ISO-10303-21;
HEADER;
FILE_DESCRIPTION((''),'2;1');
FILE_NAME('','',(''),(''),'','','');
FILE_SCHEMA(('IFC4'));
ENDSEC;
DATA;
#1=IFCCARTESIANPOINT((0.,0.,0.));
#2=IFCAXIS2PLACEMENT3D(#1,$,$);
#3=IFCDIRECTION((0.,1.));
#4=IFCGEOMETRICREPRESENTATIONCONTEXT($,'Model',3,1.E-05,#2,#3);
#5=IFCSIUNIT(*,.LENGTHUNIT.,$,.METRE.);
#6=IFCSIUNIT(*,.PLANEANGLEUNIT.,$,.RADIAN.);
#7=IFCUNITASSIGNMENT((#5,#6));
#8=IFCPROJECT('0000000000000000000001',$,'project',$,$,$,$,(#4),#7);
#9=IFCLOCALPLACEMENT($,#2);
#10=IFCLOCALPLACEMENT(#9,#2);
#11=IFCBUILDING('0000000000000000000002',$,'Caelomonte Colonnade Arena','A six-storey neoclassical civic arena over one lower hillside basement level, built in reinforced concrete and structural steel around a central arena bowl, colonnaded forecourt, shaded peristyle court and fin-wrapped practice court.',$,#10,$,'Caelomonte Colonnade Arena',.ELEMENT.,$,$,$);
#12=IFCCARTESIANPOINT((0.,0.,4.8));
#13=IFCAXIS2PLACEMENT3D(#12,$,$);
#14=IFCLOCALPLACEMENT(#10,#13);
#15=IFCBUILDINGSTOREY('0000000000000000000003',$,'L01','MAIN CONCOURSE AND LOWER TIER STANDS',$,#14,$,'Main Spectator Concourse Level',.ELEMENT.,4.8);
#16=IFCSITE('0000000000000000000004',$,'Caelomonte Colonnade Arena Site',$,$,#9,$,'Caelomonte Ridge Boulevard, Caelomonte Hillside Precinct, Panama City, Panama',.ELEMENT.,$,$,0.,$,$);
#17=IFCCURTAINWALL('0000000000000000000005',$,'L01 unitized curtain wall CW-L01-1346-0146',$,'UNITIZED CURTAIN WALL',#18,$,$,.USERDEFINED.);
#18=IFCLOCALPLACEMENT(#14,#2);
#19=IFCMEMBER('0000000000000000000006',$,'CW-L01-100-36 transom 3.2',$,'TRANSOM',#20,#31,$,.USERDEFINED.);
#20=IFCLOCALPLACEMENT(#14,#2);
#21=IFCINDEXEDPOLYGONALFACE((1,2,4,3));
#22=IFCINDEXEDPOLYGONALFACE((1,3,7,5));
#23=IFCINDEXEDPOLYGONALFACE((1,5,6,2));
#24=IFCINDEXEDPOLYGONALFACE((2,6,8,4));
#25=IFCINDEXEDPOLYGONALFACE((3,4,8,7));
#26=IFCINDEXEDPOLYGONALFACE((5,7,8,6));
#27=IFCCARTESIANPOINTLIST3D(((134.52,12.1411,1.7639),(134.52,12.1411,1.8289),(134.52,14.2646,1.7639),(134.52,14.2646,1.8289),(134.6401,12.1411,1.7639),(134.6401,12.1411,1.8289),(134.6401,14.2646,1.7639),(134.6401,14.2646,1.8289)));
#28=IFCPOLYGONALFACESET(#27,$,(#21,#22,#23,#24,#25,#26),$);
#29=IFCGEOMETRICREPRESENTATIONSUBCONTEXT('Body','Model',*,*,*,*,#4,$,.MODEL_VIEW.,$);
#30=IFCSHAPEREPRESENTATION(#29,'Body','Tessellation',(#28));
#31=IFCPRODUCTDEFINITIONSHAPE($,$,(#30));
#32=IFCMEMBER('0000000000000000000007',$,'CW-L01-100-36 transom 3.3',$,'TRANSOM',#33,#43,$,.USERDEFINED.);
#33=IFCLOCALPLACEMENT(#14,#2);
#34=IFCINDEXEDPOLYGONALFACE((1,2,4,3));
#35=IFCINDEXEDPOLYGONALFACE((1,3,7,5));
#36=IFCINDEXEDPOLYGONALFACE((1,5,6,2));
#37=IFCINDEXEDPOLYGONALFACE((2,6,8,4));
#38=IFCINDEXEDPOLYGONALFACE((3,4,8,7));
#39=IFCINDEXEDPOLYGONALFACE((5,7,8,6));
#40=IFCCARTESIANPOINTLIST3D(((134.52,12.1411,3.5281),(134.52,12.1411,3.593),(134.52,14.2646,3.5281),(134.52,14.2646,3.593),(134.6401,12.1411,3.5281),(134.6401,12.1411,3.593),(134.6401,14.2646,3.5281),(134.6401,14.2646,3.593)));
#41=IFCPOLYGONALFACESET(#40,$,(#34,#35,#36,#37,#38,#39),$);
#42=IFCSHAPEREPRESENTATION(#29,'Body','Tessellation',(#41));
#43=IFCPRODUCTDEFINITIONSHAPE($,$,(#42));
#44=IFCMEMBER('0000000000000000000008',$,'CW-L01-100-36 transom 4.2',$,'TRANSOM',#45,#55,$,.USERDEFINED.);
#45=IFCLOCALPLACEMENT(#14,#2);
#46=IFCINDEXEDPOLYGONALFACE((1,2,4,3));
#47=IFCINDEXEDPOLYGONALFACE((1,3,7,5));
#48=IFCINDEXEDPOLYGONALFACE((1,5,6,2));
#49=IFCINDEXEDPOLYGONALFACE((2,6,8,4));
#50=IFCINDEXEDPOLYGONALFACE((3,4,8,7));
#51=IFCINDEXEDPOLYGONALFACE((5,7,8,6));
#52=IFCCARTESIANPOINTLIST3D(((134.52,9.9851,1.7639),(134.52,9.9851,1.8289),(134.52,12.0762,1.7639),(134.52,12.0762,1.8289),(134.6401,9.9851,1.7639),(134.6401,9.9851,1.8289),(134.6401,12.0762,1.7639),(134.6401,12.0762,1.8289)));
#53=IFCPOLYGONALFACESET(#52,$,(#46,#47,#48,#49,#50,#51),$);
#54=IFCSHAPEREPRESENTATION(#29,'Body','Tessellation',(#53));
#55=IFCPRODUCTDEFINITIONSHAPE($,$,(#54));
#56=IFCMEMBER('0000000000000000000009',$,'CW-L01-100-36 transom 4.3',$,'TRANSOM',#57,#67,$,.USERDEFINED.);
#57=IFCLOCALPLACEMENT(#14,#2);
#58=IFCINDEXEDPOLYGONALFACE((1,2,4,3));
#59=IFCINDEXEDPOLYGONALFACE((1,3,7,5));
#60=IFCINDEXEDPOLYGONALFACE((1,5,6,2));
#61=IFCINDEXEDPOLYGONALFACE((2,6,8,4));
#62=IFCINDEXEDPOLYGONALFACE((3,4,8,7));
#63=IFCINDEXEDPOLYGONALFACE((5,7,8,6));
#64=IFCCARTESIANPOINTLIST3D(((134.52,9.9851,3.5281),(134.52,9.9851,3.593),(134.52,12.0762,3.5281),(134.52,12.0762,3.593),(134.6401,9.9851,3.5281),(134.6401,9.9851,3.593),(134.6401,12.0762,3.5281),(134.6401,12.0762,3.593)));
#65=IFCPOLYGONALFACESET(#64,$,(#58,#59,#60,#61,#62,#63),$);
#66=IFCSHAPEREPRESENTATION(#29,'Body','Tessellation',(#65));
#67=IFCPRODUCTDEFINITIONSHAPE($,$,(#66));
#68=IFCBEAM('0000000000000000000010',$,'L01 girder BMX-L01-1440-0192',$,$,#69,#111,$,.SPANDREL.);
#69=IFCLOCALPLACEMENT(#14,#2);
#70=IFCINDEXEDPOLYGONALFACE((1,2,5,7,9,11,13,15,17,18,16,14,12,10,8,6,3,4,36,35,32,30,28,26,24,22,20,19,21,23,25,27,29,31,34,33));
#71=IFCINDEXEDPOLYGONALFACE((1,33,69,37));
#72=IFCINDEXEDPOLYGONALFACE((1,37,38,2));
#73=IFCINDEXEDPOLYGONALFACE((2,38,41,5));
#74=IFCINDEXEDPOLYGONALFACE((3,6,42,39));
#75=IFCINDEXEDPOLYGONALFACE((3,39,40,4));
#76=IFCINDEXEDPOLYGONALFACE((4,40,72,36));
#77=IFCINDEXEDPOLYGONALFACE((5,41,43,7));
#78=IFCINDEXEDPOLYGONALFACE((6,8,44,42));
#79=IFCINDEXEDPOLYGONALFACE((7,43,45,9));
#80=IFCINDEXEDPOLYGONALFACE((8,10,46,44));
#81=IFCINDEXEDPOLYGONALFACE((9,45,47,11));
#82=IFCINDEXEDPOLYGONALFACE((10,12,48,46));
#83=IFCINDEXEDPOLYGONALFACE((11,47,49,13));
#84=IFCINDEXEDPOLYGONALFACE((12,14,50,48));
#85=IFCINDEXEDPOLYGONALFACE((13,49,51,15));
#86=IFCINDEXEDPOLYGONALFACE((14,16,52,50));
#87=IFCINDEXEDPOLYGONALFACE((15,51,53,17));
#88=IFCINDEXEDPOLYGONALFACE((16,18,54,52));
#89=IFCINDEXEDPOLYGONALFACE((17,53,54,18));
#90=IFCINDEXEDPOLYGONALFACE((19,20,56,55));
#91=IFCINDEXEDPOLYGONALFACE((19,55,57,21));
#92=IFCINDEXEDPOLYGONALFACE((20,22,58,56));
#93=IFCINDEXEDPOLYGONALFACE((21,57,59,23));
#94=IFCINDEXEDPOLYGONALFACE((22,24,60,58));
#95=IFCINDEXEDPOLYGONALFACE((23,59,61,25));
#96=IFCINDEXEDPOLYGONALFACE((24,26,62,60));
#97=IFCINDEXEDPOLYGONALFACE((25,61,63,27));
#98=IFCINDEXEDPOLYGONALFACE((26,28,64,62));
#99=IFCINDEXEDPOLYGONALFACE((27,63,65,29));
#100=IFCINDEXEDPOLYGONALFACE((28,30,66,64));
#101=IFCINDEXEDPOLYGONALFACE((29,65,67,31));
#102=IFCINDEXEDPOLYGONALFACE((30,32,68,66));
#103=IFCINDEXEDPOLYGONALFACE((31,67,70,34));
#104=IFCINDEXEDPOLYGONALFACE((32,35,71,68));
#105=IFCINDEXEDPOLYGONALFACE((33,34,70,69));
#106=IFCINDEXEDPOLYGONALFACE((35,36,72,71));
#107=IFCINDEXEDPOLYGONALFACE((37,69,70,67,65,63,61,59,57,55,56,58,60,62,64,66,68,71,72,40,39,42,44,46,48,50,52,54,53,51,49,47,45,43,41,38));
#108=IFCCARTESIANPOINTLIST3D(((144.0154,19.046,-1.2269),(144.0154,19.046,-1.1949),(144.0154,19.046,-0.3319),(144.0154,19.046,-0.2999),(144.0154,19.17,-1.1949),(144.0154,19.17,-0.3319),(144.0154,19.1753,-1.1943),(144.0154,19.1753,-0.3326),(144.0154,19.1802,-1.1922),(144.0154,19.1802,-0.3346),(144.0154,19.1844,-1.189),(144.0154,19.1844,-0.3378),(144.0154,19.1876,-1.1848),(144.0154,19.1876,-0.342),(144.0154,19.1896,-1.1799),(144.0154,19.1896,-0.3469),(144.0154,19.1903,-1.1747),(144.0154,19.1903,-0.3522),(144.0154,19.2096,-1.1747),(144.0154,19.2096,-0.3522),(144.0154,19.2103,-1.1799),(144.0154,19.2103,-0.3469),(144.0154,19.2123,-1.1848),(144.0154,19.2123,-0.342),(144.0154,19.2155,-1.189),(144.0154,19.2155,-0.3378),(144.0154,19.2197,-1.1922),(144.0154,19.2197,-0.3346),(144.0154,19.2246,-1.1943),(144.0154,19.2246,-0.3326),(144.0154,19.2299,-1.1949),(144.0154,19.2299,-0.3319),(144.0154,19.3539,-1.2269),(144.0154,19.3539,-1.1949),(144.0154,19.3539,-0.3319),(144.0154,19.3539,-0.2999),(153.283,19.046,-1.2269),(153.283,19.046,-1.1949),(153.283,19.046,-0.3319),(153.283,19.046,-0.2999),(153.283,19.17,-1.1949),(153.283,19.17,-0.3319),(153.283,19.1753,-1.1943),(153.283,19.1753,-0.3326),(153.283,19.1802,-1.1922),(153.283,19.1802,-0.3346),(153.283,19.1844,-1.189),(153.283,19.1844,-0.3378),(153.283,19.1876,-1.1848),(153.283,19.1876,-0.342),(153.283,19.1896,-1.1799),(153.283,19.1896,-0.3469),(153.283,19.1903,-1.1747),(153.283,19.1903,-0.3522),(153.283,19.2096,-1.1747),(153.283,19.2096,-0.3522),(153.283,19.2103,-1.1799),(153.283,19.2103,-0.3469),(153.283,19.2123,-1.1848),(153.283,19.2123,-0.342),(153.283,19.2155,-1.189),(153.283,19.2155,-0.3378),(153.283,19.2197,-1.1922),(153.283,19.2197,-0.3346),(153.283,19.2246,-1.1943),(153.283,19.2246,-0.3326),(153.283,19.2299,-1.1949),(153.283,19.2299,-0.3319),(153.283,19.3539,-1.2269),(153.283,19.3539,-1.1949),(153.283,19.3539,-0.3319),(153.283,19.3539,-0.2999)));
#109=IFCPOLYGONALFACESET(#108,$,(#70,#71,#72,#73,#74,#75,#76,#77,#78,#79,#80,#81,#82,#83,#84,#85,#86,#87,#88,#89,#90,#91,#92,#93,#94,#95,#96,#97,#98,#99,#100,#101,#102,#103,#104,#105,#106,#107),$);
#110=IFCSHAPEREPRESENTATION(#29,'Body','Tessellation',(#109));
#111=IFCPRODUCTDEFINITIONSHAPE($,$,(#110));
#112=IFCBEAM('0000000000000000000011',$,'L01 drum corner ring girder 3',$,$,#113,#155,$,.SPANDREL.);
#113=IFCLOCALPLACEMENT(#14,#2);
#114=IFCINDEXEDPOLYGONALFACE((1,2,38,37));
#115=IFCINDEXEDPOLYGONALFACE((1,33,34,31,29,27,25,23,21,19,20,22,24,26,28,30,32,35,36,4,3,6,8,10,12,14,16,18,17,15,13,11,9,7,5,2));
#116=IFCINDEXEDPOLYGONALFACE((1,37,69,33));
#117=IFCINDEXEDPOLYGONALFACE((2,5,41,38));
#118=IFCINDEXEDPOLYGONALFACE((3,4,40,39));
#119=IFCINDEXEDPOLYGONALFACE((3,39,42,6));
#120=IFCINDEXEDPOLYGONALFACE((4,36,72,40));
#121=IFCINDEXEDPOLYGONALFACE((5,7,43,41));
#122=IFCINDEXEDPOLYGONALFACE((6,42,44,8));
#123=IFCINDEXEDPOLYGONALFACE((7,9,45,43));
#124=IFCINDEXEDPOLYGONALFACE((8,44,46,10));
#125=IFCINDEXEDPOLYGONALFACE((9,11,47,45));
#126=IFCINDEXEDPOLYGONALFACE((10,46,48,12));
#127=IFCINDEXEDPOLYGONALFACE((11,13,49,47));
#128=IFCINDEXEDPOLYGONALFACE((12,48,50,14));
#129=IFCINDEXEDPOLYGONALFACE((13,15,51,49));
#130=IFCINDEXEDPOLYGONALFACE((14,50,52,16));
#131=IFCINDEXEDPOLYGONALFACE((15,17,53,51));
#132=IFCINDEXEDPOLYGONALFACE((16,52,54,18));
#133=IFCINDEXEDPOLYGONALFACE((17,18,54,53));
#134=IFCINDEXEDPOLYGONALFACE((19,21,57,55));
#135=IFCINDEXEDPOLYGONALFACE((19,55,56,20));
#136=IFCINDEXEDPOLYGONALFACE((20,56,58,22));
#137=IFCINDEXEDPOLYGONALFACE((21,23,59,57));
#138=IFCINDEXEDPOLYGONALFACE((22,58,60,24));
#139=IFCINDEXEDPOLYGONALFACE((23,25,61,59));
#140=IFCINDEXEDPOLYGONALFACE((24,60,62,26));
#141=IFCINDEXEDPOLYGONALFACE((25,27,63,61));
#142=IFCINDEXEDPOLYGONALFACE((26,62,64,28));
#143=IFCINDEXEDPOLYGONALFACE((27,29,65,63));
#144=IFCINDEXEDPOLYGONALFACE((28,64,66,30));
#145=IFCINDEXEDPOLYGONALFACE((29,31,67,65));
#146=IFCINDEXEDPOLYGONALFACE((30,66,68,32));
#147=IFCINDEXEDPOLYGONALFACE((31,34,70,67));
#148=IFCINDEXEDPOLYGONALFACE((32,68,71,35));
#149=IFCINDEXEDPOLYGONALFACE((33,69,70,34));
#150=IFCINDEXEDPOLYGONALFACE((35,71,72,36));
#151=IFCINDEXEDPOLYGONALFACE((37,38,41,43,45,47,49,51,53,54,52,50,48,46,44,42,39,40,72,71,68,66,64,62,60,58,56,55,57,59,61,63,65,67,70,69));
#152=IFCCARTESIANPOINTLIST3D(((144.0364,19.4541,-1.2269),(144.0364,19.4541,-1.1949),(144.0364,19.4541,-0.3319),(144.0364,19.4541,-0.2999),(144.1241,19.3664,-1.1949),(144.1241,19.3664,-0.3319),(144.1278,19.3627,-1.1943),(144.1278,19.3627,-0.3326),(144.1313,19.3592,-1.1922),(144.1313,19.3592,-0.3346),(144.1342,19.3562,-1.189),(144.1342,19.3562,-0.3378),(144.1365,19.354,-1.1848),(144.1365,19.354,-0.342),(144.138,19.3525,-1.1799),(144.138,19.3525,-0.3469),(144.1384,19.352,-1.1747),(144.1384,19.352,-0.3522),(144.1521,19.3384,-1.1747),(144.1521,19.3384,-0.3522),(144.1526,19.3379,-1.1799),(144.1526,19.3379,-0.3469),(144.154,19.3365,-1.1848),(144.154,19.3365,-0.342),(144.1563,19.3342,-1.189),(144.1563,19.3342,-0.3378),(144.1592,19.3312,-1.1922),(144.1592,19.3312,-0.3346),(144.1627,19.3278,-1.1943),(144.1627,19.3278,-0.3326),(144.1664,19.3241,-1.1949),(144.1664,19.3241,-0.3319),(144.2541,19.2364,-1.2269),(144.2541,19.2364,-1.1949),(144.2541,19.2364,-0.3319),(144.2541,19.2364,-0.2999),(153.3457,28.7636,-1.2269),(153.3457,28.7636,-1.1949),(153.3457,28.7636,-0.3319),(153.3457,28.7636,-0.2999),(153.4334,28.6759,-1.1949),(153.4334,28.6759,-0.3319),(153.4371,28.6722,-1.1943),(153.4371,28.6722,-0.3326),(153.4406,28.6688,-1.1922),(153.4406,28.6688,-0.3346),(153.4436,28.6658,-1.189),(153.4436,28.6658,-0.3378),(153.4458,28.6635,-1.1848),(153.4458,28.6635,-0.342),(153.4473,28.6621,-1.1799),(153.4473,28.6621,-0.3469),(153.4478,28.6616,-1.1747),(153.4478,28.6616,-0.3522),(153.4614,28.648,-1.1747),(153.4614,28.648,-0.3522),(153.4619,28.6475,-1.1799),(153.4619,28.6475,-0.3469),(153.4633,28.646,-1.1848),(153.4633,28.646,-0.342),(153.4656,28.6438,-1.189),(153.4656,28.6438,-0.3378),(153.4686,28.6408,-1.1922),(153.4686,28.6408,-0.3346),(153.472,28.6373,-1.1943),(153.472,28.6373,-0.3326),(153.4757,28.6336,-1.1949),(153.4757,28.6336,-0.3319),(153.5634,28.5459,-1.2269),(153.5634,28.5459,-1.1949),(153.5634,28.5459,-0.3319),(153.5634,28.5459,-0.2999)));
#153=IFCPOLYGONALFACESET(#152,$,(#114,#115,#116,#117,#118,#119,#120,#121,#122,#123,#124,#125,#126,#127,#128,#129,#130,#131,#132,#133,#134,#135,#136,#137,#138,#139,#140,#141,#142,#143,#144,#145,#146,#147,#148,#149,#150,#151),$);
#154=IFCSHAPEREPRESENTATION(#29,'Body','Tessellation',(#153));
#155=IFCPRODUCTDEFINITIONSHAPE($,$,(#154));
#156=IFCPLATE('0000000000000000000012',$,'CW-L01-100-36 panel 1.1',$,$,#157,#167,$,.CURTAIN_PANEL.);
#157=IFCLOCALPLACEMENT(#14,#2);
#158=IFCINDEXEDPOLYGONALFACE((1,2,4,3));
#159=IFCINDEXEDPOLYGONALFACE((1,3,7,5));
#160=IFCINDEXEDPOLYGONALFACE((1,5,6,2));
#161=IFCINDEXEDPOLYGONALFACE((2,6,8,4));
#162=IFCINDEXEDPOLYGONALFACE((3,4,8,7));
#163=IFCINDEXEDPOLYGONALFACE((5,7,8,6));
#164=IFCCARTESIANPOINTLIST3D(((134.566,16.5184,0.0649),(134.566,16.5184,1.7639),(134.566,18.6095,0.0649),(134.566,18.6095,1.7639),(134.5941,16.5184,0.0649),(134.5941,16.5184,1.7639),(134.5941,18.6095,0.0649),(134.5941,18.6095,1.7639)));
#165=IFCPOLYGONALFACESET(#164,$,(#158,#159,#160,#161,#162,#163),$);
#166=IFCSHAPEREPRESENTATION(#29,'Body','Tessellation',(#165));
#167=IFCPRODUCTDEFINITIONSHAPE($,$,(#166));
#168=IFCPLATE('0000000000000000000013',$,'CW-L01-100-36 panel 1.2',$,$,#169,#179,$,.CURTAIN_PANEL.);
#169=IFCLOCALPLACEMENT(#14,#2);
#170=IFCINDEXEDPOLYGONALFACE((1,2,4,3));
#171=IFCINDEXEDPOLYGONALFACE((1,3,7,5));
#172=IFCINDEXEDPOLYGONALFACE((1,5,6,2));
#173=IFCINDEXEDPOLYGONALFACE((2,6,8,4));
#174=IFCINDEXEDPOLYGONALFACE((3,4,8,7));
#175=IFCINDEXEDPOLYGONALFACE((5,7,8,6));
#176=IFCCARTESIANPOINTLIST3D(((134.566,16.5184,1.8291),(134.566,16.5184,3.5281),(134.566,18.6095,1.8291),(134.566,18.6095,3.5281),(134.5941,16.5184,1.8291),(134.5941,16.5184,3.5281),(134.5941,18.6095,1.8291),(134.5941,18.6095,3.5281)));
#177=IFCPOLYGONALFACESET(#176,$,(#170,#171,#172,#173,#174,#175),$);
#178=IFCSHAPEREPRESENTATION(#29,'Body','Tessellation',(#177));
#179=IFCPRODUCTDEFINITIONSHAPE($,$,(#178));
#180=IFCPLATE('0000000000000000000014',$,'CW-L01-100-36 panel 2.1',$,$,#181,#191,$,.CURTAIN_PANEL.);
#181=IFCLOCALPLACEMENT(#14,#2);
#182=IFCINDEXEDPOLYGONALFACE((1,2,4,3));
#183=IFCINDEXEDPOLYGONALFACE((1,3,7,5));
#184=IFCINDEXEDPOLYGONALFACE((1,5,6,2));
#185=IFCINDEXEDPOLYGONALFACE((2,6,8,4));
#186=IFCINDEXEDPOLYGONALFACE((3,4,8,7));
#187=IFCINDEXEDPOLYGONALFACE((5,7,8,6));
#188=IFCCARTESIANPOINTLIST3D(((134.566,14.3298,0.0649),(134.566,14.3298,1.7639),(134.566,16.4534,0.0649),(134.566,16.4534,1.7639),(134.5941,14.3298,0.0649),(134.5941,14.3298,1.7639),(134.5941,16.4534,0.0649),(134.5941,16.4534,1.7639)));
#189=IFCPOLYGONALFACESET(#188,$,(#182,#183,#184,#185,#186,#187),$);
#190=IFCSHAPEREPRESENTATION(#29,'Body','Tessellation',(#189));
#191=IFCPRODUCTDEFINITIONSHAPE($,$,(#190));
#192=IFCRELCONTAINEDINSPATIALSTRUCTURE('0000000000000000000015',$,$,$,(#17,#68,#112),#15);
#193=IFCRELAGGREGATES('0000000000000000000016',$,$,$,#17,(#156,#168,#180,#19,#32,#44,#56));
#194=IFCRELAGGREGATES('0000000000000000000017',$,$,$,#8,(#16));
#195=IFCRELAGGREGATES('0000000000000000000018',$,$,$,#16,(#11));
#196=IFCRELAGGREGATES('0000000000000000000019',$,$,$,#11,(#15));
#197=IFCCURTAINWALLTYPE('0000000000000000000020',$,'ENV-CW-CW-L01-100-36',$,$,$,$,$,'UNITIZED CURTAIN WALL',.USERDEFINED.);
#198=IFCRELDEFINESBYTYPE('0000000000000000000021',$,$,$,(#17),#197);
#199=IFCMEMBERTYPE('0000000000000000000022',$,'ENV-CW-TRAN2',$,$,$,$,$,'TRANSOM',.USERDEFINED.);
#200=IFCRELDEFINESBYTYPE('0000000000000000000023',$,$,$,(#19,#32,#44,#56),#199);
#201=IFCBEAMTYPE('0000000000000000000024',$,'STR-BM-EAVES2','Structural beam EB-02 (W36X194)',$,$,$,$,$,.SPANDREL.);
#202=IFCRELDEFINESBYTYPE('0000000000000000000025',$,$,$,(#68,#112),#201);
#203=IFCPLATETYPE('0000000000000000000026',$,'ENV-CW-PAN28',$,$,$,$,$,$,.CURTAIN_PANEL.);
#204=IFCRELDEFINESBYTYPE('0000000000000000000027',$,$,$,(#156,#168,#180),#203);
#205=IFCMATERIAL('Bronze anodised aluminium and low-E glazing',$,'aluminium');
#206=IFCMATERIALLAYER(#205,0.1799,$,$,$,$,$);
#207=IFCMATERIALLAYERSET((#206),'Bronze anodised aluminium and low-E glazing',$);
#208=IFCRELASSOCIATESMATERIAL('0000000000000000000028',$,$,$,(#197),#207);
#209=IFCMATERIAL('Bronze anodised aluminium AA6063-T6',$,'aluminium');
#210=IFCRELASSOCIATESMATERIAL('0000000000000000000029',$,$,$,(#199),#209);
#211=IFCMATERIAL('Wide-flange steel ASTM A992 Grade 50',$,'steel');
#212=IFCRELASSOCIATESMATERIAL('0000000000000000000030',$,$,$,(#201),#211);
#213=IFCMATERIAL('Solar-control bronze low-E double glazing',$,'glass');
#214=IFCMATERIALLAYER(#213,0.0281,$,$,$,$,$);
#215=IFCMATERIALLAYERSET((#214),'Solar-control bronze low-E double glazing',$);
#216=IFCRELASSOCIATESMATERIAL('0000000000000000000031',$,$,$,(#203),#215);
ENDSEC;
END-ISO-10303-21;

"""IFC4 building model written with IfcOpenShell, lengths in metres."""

from ifc_helpers import new_model, si_unit, direction, frame, origin, origin_2d, place, context, subcontext, project, spatial, rectangle, i_section, extrude, material, layer, layer_set, material_profile, profile_set, type_object, element, aggregate, save


model = new_model("IFC4")

# Units and contexts
model_context = context("Model", 3, precision=1e-05, world=origin(), true_north=direction((0.0, 1.0)))
body_context = subcontext(model_context, "Body", "Model", "MODEL_VIEW")
ifc_project = project(units=[si_unit("LENGTHUNIT", "METRE"), si_unit("PLANEANGLEUNIT", "RADIAN")], contexts=[model_context])

# Site, building, storey
site_placement = place(None, origin())
site = spatial("IfcSite", under=ifc_project, at=site_placement, Name="Caelomonte Colonnade Arena Site", LongName="Caelomonte Ridge Boulevard, Caelomonte Hillside Precinct, Panama City, Panama", CompositionType="ELEMENT", RefElevation=0.0)
building_placement = place(site_placement, origin())
building = spatial("IfcBuilding", under=site, at=building_placement, Name="Caelomonte Colonnade Arena", Description="A six-storey neoclassical civic arena over one lower hillside basement level, built in reinforced concrete and structural steel around a central arena bowl, colonnaded forecourt, shaded peristyle court and fin-wrapped practice court.", LongName="Caelomonte Colonnade Arena", CompositionType="ELEMENT")
storey_placement = place(building_placement, frame((0.0, 0.0, 4.8)))
storey = spatial("IfcBuildingStorey", under=building, at=storey_placement, Name="L01", Description="MAIN CONCOURSE AND LOWER TIER STANDS", LongName="Main Spectator Concourse Level", CompositionType="ELEMENT", Elevation=4.8)

# Shared definitions
ifc_material_1 = material(Name="Wide-flange steel ASTM A992 Grade 50", Category="steel")

# Curtain wall, members
ifc_material_2 = material(Name="Bronze anodised aluminium and low-E glazing", Category="aluminium")
ifc_layer_1 = layer(ifc_material_2, 0.1799)
ifc_layer_set_1 = layer_set([ifc_layer_1], Name="Bronze anodised aluminium and low-E glazing")
curtain_wall_type = type_object("IfcCurtainWallType", Name="ENV-CW-CW-L01-100-36", ElementType="UNITIZED CURTAIN WALL", PredefinedType="USERDEFINED", material=ifc_layer_set_1)
curtain_wall_placement = place(storey_placement, origin())
curtain_wall = element("IfcCurtainWall", 1, at=curtain_wall_placement, inside=storey, type_object=curtain_wall_type, Name="L01 unitized curtain wall CW-L01-1346-0146", ObjectType="UNITIZED CURTAIN WALL", PredefinedType="USERDEFINED")
ifc_material_3 = material(Name="Bronze anodised aluminium AA6063-T6", Category="aluminium")
ifc_material_profile_1 = material_profile(ifc_material_3, rectangle(XDim=0.0649, YDim=0.1201, at=origin_2d()), Name="CWT-65X120")
ifc_profile_set_1 = profile_set([ifc_material_profile_1], Name="Bronze anodised aluminium AA6063-T6")
member_type_1 = type_object("IfcMemberType", Name="ENV-CW-TRAN2", ElementType="TRANSOM", PredefinedType="USERDEFINED", material=ifc_profile_set_1)
member_1_placement = place(storey_placement, frame((134.5801, 14.2646, 1.7964), z_axis=(0.0, -1.0, 0.0), x_axis=(0.0, 0.0, 1.0)))
member_1 = element("IfcMember", 2, at=member_1_placement, type_object=member_type_1, Name="CW-L01-100-36 transom 3.2", ObjectType="TRANSOM", PredefinedType="USERDEFINED", context=body_context, shape_type="SweptSolid", body=[
    extrude(rectangle(XDim=0.0649, YDim=0.1201, at=origin_2d()), origin(), (0.0, 0.0, 1.0), 2.1235),
])
member_2_placement = place(storey_placement, frame((134.5801, 14.2646, 3.5605), z_axis=(0.0, -1.0, 0.0), x_axis=(0.0, 0.0, 1.0)))
member_2 = element("IfcMember", 3, at=member_2_placement, type_object=member_type_1, Name="CW-L01-100-36 transom 3.3", ObjectType="TRANSOM", PredefinedType="USERDEFINED", context=body_context, shape_type="SweptSolid", body=[
    extrude(rectangle(XDim=0.0649, YDim=0.1201, at=origin_2d()), origin(), (0.0, 0.0, 1.0), 2.1235),
])
member_3_placement = place(storey_placement, frame((134.5801, 12.0762, 1.7964), z_axis=(0.0, -1.0, 0.0), x_axis=(0.0, 0.0, 1.0)))
member_3 = element("IfcMember", 4, at=member_3_placement, type_object=member_type_1, Name="CW-L01-100-36 transom 4.2", ObjectType="TRANSOM", PredefinedType="USERDEFINED", context=body_context, shape_type="SweptSolid", body=[
    extrude(rectangle(XDim=0.0649, YDim=0.1201, at=origin_2d()), origin(), (0.0, 0.0, 1.0), 2.0911),
])
member_4_placement = place(storey_placement, frame((134.5801, 12.0762, 3.5605), z_axis=(0.0, -1.0, 0.0), x_axis=(0.0, 0.0, 1.0)))
member_4 = element("IfcMember", 5, at=member_4_placement, type_object=member_type_1, Name="CW-L01-100-36 transom 4.3", ObjectType="TRANSOM", PredefinedType="USERDEFINED", context=body_context, shape_type="SweptSolid", body=[
    extrude(rectangle(XDim=0.0649, YDim=0.1201, at=origin_2d()), origin(), (0.0, 0.0, 1.0), 2.0911),
])

# Beams
ifc_material_profile_2 = material_profile(ifc_material_1, i_section(OverallWidth=0.3079, OverallDepth=0.927, WebThickness=0.0193, FlangeThickness=0.032, FilletRadius=0.0203, at=origin_2d()), Name="W36X194")
ifc_profile_set_2 = profile_set([ifc_material_profile_2], Name="Wide-flange steel ASTM A992 Grade 50")
beam_type = type_object("IfcBeamType", Name="STR-BM-EAVES2", Description="Structural beam EB-02 (W36X194)", PredefinedType="SPANDREL", material=ifc_profile_set_2)
beam_1_placement = place(storey_placement, frame((144.0154, 19.2, -0.7634), z_axis=(1.0, 0.0, 0.0), x_axis=(0.0, 1.0, 0.0)))
element("IfcBeam", 6, at=beam_1_placement, inside=storey, type_object=beam_type, Name="L01 girder BMX-L01-1440-0192", PredefinedType="SPANDREL", context=body_context, shape_type="SweptSolid", body=[
    extrude(i_section(OverallWidth=0.3079, OverallDepth=0.927, WebThickness=0.0193, FlangeThickness=0.032, FilletRadius=0.0203, at=origin_2d()), origin(), (0.0, 0.0, 1.0), 9.2676),
])
beam_2_placement = place(storey_placement, frame((144.1453, 19.3452, -0.7634), z_axis=(0.707098, 0.707116, 0.0), x_axis=(-0.707116, 0.707098, 0.0)))
element("IfcBeam", 7, at=beam_2_placement, inside=storey, type_object=beam_type, Name="L01 drum corner ring girder 3", PredefinedType="SPANDREL", context=body_context, shape_type="SweptSolid", body=[
    extrude(i_section(OverallWidth=0.3079, OverallDepth=0.927, WebThickness=0.0193, FlangeThickness=0.032, FilletRadius=0.0203, at=origin_2d()), origin(), (0.0, 0.0, 1.0), 13.1655),
])

# Plates
ifc_material_4 = material(Name="Solar-control bronze low-E double glazing", Category="glass")
ifc_layer_2 = layer(ifc_material_4, 0.0281)
ifc_layer_set_2 = layer_set([ifc_layer_2], Name="Solar-control bronze low-E double glazing")
plate_type = type_object("IfcPlateType", Name="ENV-CW-PAN28", PredefinedType="CURTAIN_PANEL", material=ifc_layer_set_2)
plate_1_placement = place(storey_placement, frame((134.5801, 17.564, 0.0649), z_axis=(0.0, 0.0, 1.0), x_axis=(0.0, -1.0, 0.0)))
plate_1 = element("IfcPlate", 8, at=plate_1_placement, type_object=plate_type, Name="CW-L01-100-36 panel 1.1", PredefinedType="CURTAIN_PANEL", context=body_context, shape_type="SweptSolid", body=[
    extrude(rectangle(XDim=2.0911, YDim=0.0281, at=origin_2d()), origin(), (0.0, 0.0, 1.0), 1.699),
])
plate_2_placement = place(storey_placement, frame((134.5801, 17.564, 1.8291), z_axis=(0.0, 0.0, 1.0), x_axis=(0.0, -1.0, 0.0)))
plate_2 = element("IfcPlate", 9, at=plate_2_placement, type_object=plate_type, Name="CW-L01-100-36 panel 1.2", PredefinedType="CURTAIN_PANEL", context=body_context, shape_type="SweptSolid", body=[
    extrude(rectangle(XDim=2.0911, YDim=0.0281, at=origin_2d()), origin(), (0.0, 0.0, 1.0), 1.699),
])
plate_3_placement = place(storey_placement, frame((134.5801, 15.3916, 0.0649), z_axis=(0.0, 0.0, 1.0), x_axis=(0.0, -1.0, 0.0)))
plate_3 = element("IfcPlate", 10, at=plate_3_placement, type_object=plate_type, Name="CW-L01-100-36 panel 2.1", PredefinedType="CURTAIN_PANEL", context=body_context, shape_type="SweptSolid", body=[
    extrude(rectangle(XDim=2.1235, YDim=0.0281, at=origin_2d()), origin(), (0.0, 0.0, 1.0), 1.699),
])
aggregate(curtain_wall, [plate_1, plate_2, plate_3, member_1, member_2, member_3, member_4])

save(model, "model.ifc")
